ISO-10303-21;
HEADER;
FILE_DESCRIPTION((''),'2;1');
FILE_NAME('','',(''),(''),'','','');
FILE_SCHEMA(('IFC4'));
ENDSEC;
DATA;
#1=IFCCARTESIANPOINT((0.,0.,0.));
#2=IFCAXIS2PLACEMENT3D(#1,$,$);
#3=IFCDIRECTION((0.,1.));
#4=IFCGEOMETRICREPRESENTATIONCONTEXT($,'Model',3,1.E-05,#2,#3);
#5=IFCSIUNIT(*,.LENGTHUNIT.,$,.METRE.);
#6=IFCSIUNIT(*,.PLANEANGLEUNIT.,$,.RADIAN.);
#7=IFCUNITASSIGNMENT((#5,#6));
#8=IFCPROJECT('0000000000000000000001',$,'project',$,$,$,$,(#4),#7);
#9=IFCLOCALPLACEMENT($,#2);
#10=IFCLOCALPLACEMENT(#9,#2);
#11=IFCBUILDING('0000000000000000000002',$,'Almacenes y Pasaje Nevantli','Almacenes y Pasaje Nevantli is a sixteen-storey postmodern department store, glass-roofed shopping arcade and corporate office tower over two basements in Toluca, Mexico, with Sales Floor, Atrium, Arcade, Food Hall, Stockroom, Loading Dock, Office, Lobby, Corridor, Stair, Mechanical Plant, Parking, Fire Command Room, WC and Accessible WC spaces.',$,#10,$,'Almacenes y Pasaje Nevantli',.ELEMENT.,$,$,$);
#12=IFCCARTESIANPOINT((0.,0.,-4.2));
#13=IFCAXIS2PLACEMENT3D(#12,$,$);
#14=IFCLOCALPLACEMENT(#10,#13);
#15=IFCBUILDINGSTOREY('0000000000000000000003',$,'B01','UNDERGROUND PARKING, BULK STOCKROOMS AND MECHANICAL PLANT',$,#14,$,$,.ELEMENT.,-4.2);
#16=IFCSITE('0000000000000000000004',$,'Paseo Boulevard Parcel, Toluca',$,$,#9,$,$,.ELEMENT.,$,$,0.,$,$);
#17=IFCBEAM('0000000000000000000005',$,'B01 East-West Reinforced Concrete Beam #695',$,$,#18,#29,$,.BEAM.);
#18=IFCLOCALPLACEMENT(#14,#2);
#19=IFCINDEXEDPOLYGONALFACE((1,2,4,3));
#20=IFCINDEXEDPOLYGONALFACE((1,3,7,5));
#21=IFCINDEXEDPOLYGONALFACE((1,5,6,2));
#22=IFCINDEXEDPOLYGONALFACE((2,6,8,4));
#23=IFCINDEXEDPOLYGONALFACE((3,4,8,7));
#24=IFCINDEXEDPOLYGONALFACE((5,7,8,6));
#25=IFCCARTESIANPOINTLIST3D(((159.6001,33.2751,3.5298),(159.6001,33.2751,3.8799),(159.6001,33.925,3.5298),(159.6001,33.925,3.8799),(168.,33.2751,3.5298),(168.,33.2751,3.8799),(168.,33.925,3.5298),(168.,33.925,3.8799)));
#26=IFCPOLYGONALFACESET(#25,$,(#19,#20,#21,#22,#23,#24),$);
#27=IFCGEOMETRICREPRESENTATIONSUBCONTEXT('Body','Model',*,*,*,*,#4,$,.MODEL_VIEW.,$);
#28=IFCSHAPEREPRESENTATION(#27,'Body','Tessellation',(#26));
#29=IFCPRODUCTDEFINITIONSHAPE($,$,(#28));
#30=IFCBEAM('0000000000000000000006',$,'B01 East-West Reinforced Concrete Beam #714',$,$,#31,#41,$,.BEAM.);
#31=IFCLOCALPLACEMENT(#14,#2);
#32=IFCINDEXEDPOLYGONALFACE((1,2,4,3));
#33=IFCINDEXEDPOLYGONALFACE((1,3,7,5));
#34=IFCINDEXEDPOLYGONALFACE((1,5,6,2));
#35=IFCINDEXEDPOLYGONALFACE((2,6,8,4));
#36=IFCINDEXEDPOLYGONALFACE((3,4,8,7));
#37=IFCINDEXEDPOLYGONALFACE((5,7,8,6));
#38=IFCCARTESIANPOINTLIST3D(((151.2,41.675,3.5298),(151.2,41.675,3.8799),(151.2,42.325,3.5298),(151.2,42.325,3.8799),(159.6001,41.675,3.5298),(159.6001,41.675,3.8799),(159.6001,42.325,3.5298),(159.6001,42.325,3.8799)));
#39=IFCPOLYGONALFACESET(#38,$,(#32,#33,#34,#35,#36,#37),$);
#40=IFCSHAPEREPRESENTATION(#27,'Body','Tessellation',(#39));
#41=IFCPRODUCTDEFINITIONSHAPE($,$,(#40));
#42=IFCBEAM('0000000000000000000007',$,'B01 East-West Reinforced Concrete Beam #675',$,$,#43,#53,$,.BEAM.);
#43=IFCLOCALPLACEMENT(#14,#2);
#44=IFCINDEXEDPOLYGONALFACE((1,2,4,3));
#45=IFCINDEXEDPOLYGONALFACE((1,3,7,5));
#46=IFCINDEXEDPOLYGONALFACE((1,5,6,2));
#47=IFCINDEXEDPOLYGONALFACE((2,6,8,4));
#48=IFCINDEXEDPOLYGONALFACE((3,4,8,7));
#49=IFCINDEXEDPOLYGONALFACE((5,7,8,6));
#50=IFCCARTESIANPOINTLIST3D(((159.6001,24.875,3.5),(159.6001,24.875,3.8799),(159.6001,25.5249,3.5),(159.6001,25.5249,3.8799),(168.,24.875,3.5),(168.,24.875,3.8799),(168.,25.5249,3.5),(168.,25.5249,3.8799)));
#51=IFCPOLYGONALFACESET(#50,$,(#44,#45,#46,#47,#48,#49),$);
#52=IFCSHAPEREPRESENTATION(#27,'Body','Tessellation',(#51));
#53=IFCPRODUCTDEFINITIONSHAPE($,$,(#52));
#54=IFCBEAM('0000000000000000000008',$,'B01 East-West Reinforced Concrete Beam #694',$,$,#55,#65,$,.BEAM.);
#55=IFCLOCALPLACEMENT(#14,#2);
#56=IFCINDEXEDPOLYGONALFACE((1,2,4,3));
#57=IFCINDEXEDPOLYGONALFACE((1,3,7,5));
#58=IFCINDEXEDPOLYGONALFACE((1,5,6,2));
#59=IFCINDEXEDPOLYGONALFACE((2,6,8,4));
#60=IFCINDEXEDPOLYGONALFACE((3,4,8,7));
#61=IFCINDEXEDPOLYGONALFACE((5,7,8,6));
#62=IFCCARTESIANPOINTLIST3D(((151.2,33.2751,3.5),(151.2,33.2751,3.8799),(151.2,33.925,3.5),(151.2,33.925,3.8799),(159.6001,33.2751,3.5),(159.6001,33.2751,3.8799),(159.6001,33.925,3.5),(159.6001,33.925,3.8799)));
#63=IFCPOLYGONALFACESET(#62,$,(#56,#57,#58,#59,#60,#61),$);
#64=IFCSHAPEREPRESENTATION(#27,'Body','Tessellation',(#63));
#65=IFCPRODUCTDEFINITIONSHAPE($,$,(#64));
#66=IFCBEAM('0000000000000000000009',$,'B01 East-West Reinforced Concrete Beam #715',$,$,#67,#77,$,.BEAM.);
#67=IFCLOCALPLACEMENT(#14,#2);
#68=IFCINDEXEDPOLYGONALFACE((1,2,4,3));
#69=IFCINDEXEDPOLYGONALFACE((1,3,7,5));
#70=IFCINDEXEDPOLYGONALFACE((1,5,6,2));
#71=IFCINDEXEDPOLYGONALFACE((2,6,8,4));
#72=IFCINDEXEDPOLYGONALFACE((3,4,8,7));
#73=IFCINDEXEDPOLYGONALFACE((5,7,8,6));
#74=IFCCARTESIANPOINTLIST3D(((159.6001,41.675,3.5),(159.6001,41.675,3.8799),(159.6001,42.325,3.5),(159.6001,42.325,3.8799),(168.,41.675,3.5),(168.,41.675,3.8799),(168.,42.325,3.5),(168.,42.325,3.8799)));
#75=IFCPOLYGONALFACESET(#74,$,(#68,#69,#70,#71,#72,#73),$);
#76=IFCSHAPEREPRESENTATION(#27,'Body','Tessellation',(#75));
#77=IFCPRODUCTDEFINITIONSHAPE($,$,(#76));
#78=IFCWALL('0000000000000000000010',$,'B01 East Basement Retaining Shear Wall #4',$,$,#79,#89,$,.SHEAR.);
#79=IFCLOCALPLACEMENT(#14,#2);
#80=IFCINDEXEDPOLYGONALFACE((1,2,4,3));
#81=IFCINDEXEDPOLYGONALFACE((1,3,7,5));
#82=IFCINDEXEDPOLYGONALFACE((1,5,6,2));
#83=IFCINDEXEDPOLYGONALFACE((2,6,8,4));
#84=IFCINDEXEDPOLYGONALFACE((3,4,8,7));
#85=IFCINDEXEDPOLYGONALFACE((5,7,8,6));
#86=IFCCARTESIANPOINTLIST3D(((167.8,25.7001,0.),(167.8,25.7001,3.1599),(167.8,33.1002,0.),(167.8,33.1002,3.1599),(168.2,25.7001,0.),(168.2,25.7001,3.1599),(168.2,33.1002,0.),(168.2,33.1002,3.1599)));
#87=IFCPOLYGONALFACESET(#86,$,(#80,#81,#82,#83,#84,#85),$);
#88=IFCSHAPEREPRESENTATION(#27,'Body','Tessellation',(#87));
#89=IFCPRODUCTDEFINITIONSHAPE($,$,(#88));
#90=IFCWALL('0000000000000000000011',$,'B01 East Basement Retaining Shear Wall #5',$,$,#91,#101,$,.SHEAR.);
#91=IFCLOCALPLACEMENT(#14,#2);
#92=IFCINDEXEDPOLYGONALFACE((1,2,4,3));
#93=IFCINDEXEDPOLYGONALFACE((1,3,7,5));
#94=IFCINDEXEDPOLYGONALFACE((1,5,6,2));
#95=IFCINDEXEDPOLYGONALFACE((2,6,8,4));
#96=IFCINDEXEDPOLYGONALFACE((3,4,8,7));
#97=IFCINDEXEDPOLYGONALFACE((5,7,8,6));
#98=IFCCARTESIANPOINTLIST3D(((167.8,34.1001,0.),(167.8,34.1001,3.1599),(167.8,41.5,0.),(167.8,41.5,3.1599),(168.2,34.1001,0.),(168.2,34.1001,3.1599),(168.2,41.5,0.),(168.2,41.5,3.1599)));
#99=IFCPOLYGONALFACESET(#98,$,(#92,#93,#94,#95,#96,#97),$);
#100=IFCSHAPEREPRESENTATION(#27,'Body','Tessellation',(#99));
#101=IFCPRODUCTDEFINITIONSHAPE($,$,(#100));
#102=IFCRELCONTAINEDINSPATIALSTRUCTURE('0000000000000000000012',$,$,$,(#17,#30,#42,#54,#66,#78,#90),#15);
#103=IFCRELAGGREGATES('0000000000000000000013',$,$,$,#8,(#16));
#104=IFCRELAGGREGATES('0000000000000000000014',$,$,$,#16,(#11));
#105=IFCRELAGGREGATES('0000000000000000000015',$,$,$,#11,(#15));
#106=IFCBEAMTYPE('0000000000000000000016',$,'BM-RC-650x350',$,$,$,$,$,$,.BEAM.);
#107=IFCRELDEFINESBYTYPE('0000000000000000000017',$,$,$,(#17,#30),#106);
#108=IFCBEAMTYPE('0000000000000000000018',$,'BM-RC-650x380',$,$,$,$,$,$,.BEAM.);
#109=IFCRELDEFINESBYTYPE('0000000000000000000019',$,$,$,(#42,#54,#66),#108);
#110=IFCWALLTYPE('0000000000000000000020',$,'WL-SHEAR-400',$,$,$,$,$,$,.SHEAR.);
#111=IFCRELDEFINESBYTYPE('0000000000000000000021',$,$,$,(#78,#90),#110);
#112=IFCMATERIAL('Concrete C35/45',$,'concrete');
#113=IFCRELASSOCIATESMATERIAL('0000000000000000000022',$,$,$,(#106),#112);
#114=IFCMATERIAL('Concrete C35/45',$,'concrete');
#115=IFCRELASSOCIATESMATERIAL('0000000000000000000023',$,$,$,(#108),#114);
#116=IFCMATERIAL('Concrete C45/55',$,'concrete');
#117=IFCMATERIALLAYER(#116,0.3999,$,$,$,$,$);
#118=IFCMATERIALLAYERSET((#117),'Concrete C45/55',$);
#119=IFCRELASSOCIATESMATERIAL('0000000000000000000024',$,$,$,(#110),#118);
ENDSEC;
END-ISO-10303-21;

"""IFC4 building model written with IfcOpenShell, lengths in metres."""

from ifc_helpers import new_model, si_unit, direction, frame, frame_2d, origin, origin_2d, place, context, subcontext, project, spatial, rectangle, extrude, material, layer, layer_set, material_profile, profile_set, type_object, element, save


model = new_model("IFC4")

# Units and contexts
model_context = context("Model", 3, precision=1e-05, world=origin(), true_north=direction((0.0, 1.0)))
body_context = subcontext(model_context, "Body", "Model", "MODEL_VIEW")
ifc_project = project(units=[si_unit("LENGTHUNIT", "METRE"), si_unit("PLANEANGLEUNIT", "RADIAN")], contexts=[model_context])

# Site, building, storey
site_placement = place(None, origin())
site = spatial("IfcSite", under=ifc_project, at=site_placement, Name="Paseo Boulevard Parcel, Toluca", CompositionType="ELEMENT", RefElevation=0.0)
building_placement = place(site_placement, origin())
building = spatial("IfcBuilding", under=site, at=building_placement, Name="Almacenes y Pasaje Nevantli", Description="Almacenes y Pasaje Nevantli is a sixteen-storey postmodern department store, glass-roofed shopping arcade and corporate office tower over two basements in Toluca, Mexico, with Sales Floor, Atrium, Arcade, Food Hall, Stockroom, Loading Dock, Office, Lobby, Corridor, Stair, Mechanical Plant, Parking, Fire Command Room, WC and Accessible WC spaces.", LongName="Almacenes y Pasaje Nevantli", CompositionType="ELEMENT")
storey_placement = place(building_placement, frame((0.0, 0.0, -4.2)))
storey = spatial("IfcBuildingStorey", under=building, at=storey_placement, Name="B01", Description="UNDERGROUND PARKING, BULK STOCKROOMS AND MECHANICAL PLANT", CompositionType="ELEMENT", Elevation=-4.2)

# Beams
ifc_material_1 = material(Name="Concrete C35/45", Category="concrete")
ifc_material_profile_1 = material_profile(ifc_material_1, rectangle(XDim=0.6499, YDim=0.3501, at=origin_2d()), Name="RC-BM-650x350")
ifc_profile_set_1 = profile_set([ifc_material_profile_1], Name="Concrete C35/45")
beam_type_1 = type_object("IfcBeamType", Name="BM-RC-650x350", PredefinedType="BEAM", material=ifc_profile_set_1)
beam_1_placement = place(storey_placement, frame((159.6001, 33.6001, 3.7048), z_axis=(1.0, 0.0, 0.0), x_axis=(0.0, 1.0, 0.0)))
element("IfcBeam", 1, at=beam_1_placement, inside=storey, type_object=beam_type_1, Name="B01 East-West Reinforced Concrete Beam #695", PredefinedType="BEAM", context=body_context, shape_type="SweptSolid", body=[
    extrude(rectangle(XDim=0.6499, YDim=0.3501, at=origin_2d()), origin(), (0.0, 0.0, 1.0), 8.3999),
])
beam_2_placement = place(storey_placement, frame((151.2, 42.0, 3.7048), z_axis=(1.0, 0.0, 0.0), x_axis=(0.0, 1.0, 0.0)))
element("IfcBeam", 2, at=beam_2_placement, inside=storey, type_object=beam_type_1, Name="B01 East-West Reinforced Concrete Beam #714", PredefinedType="BEAM", context=body_context, shape_type="SweptSolid", body=[
    extrude(rectangle(XDim=0.6499, YDim=0.3501, at=origin_2d()), origin(), (0.0, 0.0, 1.0), 8.4001),
])
ifc_material_2 = material(Name="Concrete C35/45", Category="concrete")
ifc_material_profile_2 = material_profile(ifc_material_2, rectangle(XDim=0.6499, YDim=0.3799, at=origin_2d()), Name="RC-BM-650x380")
ifc_profile_set_2 = profile_set([ifc_material_profile_2], Name="Concrete C35/45")
beam_type_2 = type_object("IfcBeamType", Name="BM-RC-650x380", PredefinedType="BEAM", material=ifc_profile_set_2)
beam_3_placement = place(storey_placement, frame((159.6001, 25.2, 3.6899), z_axis=(1.0, 0.0, 0.0), x_axis=(0.0, 1.0, 0.0)))
element("IfcBeam", 3, at=beam_3_placement, inside=storey, type_object=beam_type_2, Name="B01 East-West Reinforced Concrete Beam #675", PredefinedType="BEAM", context=body_context, shape_type="SweptSolid", body=[
    extrude(rectangle(XDim=0.6499, YDim=0.3799, at=origin_2d()), origin(), (0.0, 0.0, 1.0), 8.3999),
])
beam_4_placement = place(storey_placement, frame((151.2, 33.6001, 3.6899), z_axis=(1.0, 0.0, 0.0), x_axis=(0.0, 1.0, 0.0)))
element("IfcBeam", 4, at=beam_4_placement, inside=storey, type_object=beam_type_2, Name="B01 East-West Reinforced Concrete Beam #694", PredefinedType="BEAM", context=body_context, shape_type="SweptSolid", body=[
    extrude(rectangle(XDim=0.6499, YDim=0.3799, at=origin_2d()), origin(), (0.0, 0.0, 1.0), 8.4001),
])
beam_5_placement = place(storey_placement, frame((159.6001, 42.0, 3.6899), z_axis=(1.0, 0.0, 0.0), x_axis=(0.0, 1.0, 0.0)))
element("IfcBeam", 5, at=beam_5_placement, inside=storey, type_object=beam_type_2, Name="B01 East-West Reinforced Concrete Beam #715", PredefinedType="BEAM", context=body_context, shape_type="SweptSolid", body=[
    extrude(rectangle(XDim=0.6499, YDim=0.3799, at=origin_2d()), origin(), (0.0, 0.0, 1.0), 8.3999),
])

# Walls
ifc_material_3 = material(Name="Concrete C45/55", Category="concrete")
ifc_layer = layer(ifc_material_3, 0.3999)
ifc_layer_set = layer_set([ifc_layer], Name="Concrete C45/55")
wall_type = type_object("IfcWallType", Name="WL-SHEAR-400", PredefinedType="SHEAR", material=ifc_layer_set)
wall_1_placement = place(storey_placement, frame((168.0, 25.7, 0.0), z_axis=(0.0, 0.0, 1.0), x_axis=(0.0, 1.0, 0.0)))
element("IfcWall", 6, at=wall_1_placement, inside=storey, type_object=wall_type, Name="B01 East Basement Retaining Shear Wall #4", PredefinedType="SHEAR", context=body_context, shape_type="SweptSolid", body=[
    extrude(rectangle(XDim=7.4001, YDim=0.3999, at=frame_2d((3.7002, 0.0))), origin(), (0.0, 0.0, 1.0), 3.1599),
])
wall_2_placement = place(storey_placement, frame((168.0, 34.1001, 0.0), z_axis=(0.0, 0.0, 1.0), x_axis=(0.0, 1.0, 0.0)))
element("IfcWall", 7, at=wall_2_placement, inside=storey, type_object=wall_type, Name="B01 East Basement Retaining Shear Wall #5", PredefinedType="SHEAR", context=body_context, shape_type="SweptSolid", body=[
    extrude(rectangle(XDim=7.3999, YDim=0.3999, at=frame_2d((3.7, 0.0))), origin(), (0.0, 0.0, 1.0), 3.1599),
])

save(model, "model.ifc")
